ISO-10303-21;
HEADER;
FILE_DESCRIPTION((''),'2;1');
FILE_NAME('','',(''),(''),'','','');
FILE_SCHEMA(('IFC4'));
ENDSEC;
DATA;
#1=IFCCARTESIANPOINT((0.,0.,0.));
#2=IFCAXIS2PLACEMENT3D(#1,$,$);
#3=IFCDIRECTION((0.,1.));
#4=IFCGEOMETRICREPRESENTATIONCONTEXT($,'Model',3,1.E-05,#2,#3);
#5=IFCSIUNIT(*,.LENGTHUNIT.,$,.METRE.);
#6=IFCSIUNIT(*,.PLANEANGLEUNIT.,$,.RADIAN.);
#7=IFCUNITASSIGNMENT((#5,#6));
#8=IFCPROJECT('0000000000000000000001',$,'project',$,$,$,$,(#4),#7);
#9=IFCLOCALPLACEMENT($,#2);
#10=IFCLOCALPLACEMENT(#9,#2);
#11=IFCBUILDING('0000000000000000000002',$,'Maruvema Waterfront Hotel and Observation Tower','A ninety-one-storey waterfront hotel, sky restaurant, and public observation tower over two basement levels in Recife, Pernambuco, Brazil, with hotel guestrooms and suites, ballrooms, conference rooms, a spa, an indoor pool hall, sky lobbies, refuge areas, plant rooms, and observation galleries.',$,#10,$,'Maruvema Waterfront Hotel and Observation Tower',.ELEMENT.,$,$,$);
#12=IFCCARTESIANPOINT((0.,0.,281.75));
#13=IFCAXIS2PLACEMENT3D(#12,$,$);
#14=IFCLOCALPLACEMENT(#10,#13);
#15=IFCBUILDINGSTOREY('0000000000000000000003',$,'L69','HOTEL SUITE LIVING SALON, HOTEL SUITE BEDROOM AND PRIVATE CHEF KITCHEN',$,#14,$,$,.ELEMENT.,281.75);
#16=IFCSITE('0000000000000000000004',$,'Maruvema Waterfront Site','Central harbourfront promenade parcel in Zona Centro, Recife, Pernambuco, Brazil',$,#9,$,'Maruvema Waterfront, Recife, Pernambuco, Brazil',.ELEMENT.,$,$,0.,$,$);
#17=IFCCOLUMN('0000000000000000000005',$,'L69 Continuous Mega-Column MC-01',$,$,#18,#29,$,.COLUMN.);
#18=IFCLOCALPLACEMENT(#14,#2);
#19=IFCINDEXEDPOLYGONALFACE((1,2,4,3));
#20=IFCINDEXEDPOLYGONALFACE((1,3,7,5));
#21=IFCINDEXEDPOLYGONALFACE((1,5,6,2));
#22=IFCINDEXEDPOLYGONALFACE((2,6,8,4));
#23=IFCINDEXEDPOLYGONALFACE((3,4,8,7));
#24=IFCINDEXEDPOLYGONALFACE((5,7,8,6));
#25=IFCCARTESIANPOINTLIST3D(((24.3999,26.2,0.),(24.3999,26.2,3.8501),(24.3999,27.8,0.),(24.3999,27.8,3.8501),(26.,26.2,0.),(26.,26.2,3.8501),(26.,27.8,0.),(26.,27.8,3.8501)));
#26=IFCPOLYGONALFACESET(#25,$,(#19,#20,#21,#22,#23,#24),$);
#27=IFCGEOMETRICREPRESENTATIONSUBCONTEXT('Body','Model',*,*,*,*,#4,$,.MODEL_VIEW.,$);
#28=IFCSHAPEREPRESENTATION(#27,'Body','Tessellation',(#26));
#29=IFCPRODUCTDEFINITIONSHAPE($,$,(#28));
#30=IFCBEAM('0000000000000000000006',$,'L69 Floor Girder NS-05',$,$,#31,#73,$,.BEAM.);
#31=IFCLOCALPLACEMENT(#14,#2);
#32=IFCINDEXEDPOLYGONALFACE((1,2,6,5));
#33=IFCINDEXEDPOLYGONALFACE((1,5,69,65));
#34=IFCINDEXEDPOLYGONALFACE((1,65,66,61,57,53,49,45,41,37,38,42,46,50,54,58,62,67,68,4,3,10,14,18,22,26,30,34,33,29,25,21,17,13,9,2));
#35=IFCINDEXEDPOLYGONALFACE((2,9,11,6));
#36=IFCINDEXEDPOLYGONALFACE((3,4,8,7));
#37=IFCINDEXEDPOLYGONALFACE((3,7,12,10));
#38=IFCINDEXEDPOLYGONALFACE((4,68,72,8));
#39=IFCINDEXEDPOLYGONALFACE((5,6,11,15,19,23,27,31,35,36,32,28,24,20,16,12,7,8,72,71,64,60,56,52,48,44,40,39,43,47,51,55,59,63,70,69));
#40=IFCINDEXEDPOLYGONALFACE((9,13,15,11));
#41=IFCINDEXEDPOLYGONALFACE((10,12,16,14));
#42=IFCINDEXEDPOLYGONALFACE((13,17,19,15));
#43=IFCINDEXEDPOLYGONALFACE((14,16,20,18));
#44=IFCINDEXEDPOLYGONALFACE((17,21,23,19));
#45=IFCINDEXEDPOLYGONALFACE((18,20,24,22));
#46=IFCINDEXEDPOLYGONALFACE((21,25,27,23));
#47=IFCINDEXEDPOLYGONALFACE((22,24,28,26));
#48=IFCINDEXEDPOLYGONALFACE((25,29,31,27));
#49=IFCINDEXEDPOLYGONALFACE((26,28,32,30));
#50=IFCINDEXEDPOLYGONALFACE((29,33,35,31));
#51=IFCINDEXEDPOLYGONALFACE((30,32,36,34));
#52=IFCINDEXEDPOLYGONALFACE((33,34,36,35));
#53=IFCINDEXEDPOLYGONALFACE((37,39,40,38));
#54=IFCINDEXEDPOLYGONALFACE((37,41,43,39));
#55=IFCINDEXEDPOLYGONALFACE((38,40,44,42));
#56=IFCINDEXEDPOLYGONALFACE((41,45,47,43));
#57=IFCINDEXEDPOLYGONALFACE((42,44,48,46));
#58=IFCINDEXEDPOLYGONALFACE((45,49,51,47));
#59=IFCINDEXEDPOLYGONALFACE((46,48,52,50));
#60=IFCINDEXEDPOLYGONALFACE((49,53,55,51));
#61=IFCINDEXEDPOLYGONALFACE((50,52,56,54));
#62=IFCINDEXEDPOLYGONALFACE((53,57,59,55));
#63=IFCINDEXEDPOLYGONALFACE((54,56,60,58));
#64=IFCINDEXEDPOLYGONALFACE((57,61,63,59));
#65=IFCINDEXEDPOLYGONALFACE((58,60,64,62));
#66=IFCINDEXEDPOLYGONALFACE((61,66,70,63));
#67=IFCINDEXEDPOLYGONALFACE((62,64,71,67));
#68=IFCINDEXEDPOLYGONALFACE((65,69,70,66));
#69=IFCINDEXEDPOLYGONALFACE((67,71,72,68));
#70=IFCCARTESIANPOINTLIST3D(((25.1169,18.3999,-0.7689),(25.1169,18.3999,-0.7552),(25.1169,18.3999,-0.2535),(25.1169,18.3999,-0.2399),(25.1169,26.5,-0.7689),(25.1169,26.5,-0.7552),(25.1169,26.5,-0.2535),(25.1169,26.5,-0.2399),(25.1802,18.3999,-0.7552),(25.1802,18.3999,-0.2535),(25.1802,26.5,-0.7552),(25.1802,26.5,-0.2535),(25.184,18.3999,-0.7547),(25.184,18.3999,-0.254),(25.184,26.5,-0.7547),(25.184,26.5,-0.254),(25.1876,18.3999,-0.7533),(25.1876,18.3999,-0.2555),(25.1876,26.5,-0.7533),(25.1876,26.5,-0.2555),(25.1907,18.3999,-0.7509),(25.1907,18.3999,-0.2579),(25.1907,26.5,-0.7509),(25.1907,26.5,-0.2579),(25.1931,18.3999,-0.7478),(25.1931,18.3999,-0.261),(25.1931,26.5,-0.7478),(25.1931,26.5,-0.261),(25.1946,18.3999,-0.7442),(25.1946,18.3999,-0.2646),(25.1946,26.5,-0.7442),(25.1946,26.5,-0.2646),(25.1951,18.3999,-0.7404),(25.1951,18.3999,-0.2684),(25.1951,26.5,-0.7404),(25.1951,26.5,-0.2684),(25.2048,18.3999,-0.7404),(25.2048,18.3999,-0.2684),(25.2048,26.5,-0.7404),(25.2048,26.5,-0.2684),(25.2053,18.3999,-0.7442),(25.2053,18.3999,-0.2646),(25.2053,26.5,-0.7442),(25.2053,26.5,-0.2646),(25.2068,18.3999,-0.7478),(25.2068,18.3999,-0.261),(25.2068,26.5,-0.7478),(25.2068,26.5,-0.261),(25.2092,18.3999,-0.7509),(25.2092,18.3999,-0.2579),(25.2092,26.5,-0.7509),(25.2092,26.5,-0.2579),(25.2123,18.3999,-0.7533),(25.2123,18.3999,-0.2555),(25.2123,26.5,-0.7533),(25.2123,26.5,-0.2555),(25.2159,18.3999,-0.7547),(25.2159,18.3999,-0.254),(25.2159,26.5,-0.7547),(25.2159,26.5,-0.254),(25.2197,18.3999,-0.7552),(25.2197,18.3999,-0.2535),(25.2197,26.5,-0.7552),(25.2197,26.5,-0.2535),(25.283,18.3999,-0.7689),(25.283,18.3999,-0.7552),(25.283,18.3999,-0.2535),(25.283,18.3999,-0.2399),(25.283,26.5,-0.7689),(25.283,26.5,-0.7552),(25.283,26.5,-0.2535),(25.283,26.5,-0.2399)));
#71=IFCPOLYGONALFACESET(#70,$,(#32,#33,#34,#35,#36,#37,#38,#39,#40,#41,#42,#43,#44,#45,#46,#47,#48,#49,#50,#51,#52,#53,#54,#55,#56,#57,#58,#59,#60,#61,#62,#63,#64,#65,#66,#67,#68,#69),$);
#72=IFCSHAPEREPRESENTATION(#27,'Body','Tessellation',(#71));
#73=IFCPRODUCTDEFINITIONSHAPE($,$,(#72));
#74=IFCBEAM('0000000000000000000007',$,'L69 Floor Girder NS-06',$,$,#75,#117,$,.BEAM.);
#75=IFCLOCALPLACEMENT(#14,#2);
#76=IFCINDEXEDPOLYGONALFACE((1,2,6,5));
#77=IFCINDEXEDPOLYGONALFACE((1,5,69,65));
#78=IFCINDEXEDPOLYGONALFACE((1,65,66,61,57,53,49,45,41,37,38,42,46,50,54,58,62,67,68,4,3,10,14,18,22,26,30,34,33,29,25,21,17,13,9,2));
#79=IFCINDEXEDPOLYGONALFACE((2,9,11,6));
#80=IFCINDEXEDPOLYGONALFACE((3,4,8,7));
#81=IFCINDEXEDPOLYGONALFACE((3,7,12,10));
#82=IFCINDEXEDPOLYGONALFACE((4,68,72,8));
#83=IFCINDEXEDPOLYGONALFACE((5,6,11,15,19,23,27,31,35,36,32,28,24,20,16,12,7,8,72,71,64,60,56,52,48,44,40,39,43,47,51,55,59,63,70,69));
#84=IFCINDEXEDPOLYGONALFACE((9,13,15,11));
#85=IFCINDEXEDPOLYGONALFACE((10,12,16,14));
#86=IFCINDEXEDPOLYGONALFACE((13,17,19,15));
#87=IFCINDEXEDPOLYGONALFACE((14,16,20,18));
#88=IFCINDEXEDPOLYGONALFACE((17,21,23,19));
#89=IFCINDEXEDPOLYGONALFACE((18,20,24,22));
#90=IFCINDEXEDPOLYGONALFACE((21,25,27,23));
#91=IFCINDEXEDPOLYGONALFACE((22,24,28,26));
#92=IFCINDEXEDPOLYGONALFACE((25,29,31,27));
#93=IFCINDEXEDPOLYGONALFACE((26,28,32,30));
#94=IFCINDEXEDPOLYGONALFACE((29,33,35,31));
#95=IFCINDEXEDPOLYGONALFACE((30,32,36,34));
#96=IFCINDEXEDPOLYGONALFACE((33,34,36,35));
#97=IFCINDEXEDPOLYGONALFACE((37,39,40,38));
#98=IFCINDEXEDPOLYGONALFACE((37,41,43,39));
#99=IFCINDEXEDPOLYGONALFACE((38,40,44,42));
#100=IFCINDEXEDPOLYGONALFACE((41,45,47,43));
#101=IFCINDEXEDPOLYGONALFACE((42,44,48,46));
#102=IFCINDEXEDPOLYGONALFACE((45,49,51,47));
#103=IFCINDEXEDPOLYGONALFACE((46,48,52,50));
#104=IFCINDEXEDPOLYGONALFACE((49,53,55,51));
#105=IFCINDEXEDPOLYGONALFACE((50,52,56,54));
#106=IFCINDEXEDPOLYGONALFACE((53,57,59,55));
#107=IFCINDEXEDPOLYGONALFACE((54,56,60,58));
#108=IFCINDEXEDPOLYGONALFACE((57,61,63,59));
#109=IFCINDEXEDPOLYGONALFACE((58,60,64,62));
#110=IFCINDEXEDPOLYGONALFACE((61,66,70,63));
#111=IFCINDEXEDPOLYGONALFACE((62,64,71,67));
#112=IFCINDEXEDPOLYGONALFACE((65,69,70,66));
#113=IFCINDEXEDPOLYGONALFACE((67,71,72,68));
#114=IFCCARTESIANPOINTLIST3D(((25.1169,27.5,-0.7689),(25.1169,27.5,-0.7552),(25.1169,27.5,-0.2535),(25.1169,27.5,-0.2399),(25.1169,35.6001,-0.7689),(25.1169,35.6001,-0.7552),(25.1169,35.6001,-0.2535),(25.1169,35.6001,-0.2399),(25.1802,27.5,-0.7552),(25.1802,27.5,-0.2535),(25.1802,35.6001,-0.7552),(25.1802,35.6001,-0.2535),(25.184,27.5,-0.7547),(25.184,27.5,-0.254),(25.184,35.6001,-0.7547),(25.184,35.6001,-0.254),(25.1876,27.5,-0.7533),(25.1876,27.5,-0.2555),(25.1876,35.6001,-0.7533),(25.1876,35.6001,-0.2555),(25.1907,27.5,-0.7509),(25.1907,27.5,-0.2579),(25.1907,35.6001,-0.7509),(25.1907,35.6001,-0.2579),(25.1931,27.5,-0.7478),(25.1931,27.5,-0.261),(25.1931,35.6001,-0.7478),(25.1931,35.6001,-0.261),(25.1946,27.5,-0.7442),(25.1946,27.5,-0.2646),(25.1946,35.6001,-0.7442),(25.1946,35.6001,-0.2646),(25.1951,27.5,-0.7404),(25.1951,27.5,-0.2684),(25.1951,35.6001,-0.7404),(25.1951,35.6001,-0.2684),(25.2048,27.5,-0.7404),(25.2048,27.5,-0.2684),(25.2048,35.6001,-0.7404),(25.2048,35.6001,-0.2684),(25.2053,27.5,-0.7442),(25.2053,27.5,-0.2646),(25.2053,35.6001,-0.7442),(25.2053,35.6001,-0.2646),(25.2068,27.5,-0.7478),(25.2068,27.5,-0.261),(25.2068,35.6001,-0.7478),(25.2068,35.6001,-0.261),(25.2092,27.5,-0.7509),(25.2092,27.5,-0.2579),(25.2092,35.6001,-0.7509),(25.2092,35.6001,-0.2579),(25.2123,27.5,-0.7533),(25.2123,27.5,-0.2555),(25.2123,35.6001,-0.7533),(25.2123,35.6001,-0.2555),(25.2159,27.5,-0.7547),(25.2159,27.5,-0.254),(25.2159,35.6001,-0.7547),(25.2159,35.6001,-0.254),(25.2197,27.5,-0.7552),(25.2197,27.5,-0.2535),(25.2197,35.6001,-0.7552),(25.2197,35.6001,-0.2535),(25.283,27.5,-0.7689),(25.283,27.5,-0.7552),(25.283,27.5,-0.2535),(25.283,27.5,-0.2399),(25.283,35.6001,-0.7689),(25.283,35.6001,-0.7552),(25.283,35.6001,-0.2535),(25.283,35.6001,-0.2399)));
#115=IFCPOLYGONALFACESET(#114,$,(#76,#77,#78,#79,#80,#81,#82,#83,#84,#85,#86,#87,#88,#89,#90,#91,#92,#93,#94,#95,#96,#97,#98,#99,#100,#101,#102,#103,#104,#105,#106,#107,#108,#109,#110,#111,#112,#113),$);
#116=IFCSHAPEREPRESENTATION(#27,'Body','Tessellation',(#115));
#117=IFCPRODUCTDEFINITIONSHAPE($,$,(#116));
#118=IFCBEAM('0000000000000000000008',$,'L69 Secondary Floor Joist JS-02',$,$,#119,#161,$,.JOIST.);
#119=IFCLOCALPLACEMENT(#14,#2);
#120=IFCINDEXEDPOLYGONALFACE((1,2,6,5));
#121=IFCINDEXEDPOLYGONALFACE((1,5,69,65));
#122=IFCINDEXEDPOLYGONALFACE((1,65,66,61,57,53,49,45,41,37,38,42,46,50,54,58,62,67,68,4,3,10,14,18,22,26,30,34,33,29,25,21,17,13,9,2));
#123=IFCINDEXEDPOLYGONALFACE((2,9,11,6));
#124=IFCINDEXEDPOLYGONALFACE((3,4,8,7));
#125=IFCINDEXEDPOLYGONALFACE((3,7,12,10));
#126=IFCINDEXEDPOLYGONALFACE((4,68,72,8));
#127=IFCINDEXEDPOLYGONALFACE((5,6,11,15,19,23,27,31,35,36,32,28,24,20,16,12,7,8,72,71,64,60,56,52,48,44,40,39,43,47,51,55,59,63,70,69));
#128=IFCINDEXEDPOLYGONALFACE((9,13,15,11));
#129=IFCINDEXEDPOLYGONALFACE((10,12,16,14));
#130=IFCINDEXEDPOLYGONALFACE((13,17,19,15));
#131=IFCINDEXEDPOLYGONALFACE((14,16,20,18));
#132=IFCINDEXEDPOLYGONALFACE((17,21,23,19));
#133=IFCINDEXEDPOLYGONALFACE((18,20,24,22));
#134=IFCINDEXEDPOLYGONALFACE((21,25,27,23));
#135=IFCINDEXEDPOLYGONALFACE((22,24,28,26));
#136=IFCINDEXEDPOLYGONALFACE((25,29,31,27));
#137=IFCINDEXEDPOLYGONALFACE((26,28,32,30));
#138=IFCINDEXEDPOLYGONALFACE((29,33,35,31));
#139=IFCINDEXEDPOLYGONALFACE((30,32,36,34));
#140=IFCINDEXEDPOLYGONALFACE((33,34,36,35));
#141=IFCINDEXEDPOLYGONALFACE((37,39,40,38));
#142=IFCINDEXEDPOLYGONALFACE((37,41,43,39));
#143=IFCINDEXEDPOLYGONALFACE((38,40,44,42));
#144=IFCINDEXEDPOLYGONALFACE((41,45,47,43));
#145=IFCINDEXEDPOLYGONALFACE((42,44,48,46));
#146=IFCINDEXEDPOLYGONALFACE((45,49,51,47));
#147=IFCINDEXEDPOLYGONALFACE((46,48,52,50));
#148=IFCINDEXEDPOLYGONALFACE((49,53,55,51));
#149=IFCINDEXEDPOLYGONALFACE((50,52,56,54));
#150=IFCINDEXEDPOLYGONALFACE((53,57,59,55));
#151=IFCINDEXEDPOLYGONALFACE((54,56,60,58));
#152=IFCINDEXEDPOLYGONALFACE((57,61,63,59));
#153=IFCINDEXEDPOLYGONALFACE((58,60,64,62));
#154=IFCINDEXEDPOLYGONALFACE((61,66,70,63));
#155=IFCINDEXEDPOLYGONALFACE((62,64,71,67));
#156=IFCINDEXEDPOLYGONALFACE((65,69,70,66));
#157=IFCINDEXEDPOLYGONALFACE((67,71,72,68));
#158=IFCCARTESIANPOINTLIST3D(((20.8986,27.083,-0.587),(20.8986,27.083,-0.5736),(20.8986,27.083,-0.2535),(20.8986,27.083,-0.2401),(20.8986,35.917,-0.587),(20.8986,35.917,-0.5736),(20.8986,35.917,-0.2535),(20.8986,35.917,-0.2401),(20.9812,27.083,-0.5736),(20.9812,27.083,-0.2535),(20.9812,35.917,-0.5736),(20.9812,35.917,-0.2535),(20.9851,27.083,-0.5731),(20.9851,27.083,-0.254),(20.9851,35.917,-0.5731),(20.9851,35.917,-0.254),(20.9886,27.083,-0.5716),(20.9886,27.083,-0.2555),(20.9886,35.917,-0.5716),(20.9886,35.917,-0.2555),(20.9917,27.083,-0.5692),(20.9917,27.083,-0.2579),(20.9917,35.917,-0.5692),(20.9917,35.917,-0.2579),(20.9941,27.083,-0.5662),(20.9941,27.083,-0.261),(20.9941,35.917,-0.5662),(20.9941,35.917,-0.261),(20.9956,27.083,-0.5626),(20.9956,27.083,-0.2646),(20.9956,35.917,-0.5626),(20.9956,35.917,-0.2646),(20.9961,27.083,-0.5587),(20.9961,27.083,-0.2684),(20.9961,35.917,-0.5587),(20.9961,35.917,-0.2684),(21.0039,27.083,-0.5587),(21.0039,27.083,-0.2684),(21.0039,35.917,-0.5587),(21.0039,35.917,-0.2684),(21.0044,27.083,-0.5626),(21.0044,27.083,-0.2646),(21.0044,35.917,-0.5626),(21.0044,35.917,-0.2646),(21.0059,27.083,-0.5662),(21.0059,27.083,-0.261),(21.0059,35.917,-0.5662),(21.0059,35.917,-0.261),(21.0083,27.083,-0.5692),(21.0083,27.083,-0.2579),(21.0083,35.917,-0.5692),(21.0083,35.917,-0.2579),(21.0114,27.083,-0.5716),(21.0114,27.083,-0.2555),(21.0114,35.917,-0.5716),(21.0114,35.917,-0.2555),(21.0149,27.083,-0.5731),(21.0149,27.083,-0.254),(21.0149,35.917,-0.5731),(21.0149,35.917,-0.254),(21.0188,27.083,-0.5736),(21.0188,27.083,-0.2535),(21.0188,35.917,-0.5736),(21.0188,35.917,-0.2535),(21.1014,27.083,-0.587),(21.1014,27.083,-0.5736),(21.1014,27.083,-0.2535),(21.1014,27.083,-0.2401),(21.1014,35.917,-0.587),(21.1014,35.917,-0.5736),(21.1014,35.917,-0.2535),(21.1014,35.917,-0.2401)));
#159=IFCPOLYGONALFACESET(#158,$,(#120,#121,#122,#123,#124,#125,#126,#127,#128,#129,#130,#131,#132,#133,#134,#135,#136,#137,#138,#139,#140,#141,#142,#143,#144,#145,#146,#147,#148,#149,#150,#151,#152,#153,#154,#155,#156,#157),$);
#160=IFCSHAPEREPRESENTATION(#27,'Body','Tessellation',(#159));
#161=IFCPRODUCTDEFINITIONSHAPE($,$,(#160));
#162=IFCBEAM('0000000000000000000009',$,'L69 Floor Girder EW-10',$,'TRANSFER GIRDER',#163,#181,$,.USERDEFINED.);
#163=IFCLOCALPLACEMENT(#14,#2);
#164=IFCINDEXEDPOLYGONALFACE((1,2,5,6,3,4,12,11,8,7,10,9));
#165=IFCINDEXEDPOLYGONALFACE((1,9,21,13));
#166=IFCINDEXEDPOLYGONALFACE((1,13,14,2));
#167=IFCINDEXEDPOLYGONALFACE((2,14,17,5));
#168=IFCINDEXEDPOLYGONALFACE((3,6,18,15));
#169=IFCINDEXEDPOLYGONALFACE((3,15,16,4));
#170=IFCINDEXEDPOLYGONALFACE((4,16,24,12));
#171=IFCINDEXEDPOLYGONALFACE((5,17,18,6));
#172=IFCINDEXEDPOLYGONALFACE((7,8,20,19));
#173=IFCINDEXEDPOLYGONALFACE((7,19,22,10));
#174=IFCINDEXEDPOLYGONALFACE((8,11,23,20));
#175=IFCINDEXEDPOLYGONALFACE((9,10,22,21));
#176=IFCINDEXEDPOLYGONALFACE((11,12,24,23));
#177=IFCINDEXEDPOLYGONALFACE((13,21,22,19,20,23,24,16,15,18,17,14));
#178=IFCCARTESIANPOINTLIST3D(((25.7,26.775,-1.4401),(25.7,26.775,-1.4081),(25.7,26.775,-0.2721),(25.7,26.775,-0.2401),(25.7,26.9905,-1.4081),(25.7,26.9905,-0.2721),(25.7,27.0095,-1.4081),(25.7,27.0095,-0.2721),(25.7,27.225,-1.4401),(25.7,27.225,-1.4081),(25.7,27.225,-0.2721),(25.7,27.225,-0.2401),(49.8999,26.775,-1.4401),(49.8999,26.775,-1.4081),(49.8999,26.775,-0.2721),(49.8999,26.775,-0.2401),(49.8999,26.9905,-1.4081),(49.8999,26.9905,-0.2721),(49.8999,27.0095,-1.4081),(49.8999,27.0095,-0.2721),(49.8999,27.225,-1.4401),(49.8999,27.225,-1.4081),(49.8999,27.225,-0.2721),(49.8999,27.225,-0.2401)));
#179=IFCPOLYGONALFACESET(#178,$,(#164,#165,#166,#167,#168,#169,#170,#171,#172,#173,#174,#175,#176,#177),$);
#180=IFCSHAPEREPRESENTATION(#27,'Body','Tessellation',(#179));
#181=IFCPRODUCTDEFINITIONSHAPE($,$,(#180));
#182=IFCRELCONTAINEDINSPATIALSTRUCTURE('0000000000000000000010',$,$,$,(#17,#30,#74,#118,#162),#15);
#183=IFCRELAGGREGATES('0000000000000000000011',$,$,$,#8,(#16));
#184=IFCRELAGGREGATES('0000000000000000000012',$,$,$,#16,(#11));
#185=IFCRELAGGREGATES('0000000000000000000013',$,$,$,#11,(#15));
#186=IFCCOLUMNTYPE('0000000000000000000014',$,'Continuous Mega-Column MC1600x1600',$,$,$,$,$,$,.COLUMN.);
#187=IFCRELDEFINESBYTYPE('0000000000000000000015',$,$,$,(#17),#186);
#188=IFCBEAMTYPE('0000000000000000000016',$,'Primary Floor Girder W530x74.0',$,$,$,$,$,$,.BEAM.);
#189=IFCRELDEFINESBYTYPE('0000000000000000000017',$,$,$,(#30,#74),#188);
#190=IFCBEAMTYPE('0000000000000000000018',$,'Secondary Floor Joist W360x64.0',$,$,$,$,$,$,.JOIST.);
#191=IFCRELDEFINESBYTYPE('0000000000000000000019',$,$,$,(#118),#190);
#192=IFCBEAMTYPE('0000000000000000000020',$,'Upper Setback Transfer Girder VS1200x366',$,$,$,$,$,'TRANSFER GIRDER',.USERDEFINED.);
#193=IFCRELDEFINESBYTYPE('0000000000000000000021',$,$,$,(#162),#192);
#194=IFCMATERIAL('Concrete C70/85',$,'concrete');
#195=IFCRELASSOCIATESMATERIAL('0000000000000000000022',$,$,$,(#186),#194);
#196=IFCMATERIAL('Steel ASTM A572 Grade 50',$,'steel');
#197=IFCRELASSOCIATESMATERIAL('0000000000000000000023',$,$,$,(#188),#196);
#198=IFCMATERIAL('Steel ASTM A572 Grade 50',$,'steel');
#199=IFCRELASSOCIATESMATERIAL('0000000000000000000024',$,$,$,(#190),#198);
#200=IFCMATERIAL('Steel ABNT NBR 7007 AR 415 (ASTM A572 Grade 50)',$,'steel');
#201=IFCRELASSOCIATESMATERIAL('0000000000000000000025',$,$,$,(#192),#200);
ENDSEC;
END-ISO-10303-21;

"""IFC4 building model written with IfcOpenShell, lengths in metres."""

from ifc_helpers import new_model, si_unit, direction, frame, origin, origin_2d, place, context, subcontext, project, spatial, rectangle, i_section, extrude, material, material_profile, profile_set, type_object, element, save


model = new_model("IFC4")

# Units and contexts
model_context = context("Model", 3, precision=1e-05, world=origin(), true_north=direction((0.0, 1.0)))
body_context = subcontext(model_context, "Body", "Model", "MODEL_VIEW")
ifc_project = project(units=[si_unit("LENGTHUNIT", "METRE"), si_unit("PLANEANGLEUNIT", "RADIAN")], contexts=[model_context])

# Site, building, storey
site_placement = place(None, origin())
site = spatial("IfcSite", under=ifc_project, at=site_placement, Name="Maruvema Waterfront Site", Description="Central harbourfront promenade parcel in Zona Centro, Recife, Pernambuco, Brazil", LongName="Maruvema Waterfront, Recife, Pernambuco, Brazil", CompositionType="ELEMENT", RefElevation=0.0)
building_placement = place(site_placement, origin())
building = spatial("IfcBuilding", under=site, at=building_placement, Name="Maruvema Waterfront Hotel and Observation Tower", Description="A ninety-one-storey waterfront hotel, sky restaurant, and public observation tower over two basement levels in Recife, Pernambuco, Brazil, with hotel guestrooms and suites, ballrooms, conference rooms, a spa, an indoor pool hall, sky lobbies, refuge areas, plant rooms, and observation galleries.", LongName="Maruvema Waterfront Hotel and Observation Tower", CompositionType="ELEMENT")
storey_placement = place(building_placement, frame((0.0, 0.0, 281.75)))
storey = spatial("IfcBuildingStorey", under=building, at=storey_placement, Name="L69", Description="HOTEL SUITE LIVING SALON, HOTEL SUITE BEDROOM AND PRIVATE CHEF KITCHEN", CompositionType="ELEMENT", Elevation=281.75)

# Column
ifc_material_1 = material(Name="Concrete C70/85", Category="concrete")
ifc_material_profile_1 = material_profile(ifc_material_1, rectangle(XDim=1.6001, YDim=1.6001, at=origin_2d()), Name="MC1600x1600")
ifc_profile_set_1 = profile_set([ifc_material_profile_1], Name="Concrete C70/85")
column_type = type_object("IfcColumnType", Name="Continuous Mega-Column MC1600x1600", PredefinedType="COLUMN", material=ifc_profile_set_1)
column_placement = place(storey_placement, frame((25.2, 27.0, 0.0), z_axis=(0.0, 0.0, 1.0), x_axis=(1.0, 0.0, 0.0)))
element("IfcColumn", 1, at=column_placement, inside=storey, type_object=column_type, Name="L69 Continuous Mega-Column MC-01", PredefinedType="COLUMN", context=body_context, shape_type="SweptSolid", body=[
    extrude(rectangle(XDim=1.6001, YDim=1.6001, at=origin_2d()), origin(), (0.0, 0.0, 1.0), 3.8501),
])

# Beams
ifc_material_2 = material(Name="Steel ASTM A572 Grade 50", Category="steel")
ifc_material_profile_2 = material_profile(ifc_material_2, i_section(OverallWidth=0.166, OverallDepth=0.5291, WebThickness=0.0098, FlangeThickness=0.0137, FilletRadius=0.0149, at=origin_2d()), Name="W530x74.0")
ifc_profile_set_2 = profile_set([ifc_material_profile_2], Name="Steel ASTM A572 Grade 50")
beam_type_1 = type_object("IfcBeamType", Name="Primary Floor Girder W530x74.0", PredefinedType="BEAM", material=ifc_profile_set_2)
for number, where, z_axis, x_axis, name in (
    (2, (25.2, 18.3999, -0.5044), (0.0, 1.0, 0.0), (-1.0, 0.0, 0.0), "L69 Floor Girder NS-05"),
    (3, (25.2, 27.5, -0.5044), (0.0, 1.0, 0.0), (-1.0, 0.0, 0.0), "L69 Floor Girder NS-06"),
):
    element("IfcBeam", number, at=place(storey_placement, frame(where, z_axis=z_axis, x_axis=x_axis)), inside=storey, type_object=beam_type_1, Name=name, PredefinedType="BEAM", context=body_context, shape_type="SweptSolid", body=[
        extrude(i_section(OverallWidth=0.166, OverallDepth=0.5291, WebThickness=0.0098, FlangeThickness=0.0137, FilletRadius=0.0149, at=origin_2d()), origin(), (0.0, 0.0, 1.0), 8.1001),
    ])
ifc_material_3 = material(Name="Steel ASTM A572 Grade 50", Category="steel")
ifc_material_profile_3 = material_profile(ifc_material_3, i_section(OverallWidth=0.2029, OverallDepth=0.3469, WebThickness=0.0078, FlangeThickness=0.0134, FilletRadius=0.0149, at=origin_2d()), Name="W360x64.0")
ifc_profile_set_3 = profile_set([ifc_material_profile_3], Name="Steel ASTM A572 Grade 50")
beam_type_2 = type_object("IfcBeamType", Name="Secondary Floor Joist W360x64.0", PredefinedType="JOIST", material=ifc_profile_set_3)
beam_1_placement = place(storey_placement, frame((21.0, 27.083, -0.4136), z_axis=(0.0, 1.0, 0.0), x_axis=(-1.0, 0.0, 0.0)))
element("IfcBeam", 4, at=beam_1_placement, inside=storey, type_object=beam_type_2, Name="L69 Secondary Floor Joist JS-02", PredefinedType="JOIST", context=body_context, shape_type="SweptSolid", body=[
    extrude(i_section(OverallWidth=0.2029, OverallDepth=0.3469, WebThickness=0.0078, FlangeThickness=0.0134, FilletRadius=0.0149, at=origin_2d()), origin(), (0.0, 0.0, 1.0), 8.834),
])
ifc_material_4 = material(Name="Steel ABNT NBR 7007 AR 415 (ASTM A572 Grade 50)", Category="steel")
ifc_material_profile_4 = material_profile(ifc_material_4, i_section(OverallWidth=0.45, OverallDepth=1.2, WebThickness=0.019, FlangeThickness=0.032, at=origin_2d()), Name="VS1200x366")
ifc_profile_set_4 = profile_set([ifc_material_profile_4], Name="Steel ABNT NBR 7007 AR 415 (ASTM A572 Grade 50)")
beam_type_3 = type_object("IfcBeamType", Name="Upper Setback Transfer Girder VS1200x366", ElementType="TRANSFER GIRDER", PredefinedType="USERDEFINED", material=ifc_profile_set_4)
beam_2_placement = place(storey_placement, frame((25.7, 27.0, -0.8401), z_axis=(1.0, 0.0, 0.0), x_axis=(0.0, 1.0, 0.0)))
element("IfcBeam", 5, at=beam_2_placement, inside=storey, type_object=beam_type_3, Name="L69 Floor Girder EW-10", ObjectType="TRANSFER GIRDER", PredefinedType="USERDEFINED", context=body_context, shape_type="SweptSolid", body=[
    extrude(i_section(OverallWidth=0.45, OverallDepth=1.2, WebThickness=0.019, FlangeThickness=0.032, at=origin_2d()), origin(), (0.0, 0.0, 1.0), 24.2),
])

save(model, "model.ifc")
